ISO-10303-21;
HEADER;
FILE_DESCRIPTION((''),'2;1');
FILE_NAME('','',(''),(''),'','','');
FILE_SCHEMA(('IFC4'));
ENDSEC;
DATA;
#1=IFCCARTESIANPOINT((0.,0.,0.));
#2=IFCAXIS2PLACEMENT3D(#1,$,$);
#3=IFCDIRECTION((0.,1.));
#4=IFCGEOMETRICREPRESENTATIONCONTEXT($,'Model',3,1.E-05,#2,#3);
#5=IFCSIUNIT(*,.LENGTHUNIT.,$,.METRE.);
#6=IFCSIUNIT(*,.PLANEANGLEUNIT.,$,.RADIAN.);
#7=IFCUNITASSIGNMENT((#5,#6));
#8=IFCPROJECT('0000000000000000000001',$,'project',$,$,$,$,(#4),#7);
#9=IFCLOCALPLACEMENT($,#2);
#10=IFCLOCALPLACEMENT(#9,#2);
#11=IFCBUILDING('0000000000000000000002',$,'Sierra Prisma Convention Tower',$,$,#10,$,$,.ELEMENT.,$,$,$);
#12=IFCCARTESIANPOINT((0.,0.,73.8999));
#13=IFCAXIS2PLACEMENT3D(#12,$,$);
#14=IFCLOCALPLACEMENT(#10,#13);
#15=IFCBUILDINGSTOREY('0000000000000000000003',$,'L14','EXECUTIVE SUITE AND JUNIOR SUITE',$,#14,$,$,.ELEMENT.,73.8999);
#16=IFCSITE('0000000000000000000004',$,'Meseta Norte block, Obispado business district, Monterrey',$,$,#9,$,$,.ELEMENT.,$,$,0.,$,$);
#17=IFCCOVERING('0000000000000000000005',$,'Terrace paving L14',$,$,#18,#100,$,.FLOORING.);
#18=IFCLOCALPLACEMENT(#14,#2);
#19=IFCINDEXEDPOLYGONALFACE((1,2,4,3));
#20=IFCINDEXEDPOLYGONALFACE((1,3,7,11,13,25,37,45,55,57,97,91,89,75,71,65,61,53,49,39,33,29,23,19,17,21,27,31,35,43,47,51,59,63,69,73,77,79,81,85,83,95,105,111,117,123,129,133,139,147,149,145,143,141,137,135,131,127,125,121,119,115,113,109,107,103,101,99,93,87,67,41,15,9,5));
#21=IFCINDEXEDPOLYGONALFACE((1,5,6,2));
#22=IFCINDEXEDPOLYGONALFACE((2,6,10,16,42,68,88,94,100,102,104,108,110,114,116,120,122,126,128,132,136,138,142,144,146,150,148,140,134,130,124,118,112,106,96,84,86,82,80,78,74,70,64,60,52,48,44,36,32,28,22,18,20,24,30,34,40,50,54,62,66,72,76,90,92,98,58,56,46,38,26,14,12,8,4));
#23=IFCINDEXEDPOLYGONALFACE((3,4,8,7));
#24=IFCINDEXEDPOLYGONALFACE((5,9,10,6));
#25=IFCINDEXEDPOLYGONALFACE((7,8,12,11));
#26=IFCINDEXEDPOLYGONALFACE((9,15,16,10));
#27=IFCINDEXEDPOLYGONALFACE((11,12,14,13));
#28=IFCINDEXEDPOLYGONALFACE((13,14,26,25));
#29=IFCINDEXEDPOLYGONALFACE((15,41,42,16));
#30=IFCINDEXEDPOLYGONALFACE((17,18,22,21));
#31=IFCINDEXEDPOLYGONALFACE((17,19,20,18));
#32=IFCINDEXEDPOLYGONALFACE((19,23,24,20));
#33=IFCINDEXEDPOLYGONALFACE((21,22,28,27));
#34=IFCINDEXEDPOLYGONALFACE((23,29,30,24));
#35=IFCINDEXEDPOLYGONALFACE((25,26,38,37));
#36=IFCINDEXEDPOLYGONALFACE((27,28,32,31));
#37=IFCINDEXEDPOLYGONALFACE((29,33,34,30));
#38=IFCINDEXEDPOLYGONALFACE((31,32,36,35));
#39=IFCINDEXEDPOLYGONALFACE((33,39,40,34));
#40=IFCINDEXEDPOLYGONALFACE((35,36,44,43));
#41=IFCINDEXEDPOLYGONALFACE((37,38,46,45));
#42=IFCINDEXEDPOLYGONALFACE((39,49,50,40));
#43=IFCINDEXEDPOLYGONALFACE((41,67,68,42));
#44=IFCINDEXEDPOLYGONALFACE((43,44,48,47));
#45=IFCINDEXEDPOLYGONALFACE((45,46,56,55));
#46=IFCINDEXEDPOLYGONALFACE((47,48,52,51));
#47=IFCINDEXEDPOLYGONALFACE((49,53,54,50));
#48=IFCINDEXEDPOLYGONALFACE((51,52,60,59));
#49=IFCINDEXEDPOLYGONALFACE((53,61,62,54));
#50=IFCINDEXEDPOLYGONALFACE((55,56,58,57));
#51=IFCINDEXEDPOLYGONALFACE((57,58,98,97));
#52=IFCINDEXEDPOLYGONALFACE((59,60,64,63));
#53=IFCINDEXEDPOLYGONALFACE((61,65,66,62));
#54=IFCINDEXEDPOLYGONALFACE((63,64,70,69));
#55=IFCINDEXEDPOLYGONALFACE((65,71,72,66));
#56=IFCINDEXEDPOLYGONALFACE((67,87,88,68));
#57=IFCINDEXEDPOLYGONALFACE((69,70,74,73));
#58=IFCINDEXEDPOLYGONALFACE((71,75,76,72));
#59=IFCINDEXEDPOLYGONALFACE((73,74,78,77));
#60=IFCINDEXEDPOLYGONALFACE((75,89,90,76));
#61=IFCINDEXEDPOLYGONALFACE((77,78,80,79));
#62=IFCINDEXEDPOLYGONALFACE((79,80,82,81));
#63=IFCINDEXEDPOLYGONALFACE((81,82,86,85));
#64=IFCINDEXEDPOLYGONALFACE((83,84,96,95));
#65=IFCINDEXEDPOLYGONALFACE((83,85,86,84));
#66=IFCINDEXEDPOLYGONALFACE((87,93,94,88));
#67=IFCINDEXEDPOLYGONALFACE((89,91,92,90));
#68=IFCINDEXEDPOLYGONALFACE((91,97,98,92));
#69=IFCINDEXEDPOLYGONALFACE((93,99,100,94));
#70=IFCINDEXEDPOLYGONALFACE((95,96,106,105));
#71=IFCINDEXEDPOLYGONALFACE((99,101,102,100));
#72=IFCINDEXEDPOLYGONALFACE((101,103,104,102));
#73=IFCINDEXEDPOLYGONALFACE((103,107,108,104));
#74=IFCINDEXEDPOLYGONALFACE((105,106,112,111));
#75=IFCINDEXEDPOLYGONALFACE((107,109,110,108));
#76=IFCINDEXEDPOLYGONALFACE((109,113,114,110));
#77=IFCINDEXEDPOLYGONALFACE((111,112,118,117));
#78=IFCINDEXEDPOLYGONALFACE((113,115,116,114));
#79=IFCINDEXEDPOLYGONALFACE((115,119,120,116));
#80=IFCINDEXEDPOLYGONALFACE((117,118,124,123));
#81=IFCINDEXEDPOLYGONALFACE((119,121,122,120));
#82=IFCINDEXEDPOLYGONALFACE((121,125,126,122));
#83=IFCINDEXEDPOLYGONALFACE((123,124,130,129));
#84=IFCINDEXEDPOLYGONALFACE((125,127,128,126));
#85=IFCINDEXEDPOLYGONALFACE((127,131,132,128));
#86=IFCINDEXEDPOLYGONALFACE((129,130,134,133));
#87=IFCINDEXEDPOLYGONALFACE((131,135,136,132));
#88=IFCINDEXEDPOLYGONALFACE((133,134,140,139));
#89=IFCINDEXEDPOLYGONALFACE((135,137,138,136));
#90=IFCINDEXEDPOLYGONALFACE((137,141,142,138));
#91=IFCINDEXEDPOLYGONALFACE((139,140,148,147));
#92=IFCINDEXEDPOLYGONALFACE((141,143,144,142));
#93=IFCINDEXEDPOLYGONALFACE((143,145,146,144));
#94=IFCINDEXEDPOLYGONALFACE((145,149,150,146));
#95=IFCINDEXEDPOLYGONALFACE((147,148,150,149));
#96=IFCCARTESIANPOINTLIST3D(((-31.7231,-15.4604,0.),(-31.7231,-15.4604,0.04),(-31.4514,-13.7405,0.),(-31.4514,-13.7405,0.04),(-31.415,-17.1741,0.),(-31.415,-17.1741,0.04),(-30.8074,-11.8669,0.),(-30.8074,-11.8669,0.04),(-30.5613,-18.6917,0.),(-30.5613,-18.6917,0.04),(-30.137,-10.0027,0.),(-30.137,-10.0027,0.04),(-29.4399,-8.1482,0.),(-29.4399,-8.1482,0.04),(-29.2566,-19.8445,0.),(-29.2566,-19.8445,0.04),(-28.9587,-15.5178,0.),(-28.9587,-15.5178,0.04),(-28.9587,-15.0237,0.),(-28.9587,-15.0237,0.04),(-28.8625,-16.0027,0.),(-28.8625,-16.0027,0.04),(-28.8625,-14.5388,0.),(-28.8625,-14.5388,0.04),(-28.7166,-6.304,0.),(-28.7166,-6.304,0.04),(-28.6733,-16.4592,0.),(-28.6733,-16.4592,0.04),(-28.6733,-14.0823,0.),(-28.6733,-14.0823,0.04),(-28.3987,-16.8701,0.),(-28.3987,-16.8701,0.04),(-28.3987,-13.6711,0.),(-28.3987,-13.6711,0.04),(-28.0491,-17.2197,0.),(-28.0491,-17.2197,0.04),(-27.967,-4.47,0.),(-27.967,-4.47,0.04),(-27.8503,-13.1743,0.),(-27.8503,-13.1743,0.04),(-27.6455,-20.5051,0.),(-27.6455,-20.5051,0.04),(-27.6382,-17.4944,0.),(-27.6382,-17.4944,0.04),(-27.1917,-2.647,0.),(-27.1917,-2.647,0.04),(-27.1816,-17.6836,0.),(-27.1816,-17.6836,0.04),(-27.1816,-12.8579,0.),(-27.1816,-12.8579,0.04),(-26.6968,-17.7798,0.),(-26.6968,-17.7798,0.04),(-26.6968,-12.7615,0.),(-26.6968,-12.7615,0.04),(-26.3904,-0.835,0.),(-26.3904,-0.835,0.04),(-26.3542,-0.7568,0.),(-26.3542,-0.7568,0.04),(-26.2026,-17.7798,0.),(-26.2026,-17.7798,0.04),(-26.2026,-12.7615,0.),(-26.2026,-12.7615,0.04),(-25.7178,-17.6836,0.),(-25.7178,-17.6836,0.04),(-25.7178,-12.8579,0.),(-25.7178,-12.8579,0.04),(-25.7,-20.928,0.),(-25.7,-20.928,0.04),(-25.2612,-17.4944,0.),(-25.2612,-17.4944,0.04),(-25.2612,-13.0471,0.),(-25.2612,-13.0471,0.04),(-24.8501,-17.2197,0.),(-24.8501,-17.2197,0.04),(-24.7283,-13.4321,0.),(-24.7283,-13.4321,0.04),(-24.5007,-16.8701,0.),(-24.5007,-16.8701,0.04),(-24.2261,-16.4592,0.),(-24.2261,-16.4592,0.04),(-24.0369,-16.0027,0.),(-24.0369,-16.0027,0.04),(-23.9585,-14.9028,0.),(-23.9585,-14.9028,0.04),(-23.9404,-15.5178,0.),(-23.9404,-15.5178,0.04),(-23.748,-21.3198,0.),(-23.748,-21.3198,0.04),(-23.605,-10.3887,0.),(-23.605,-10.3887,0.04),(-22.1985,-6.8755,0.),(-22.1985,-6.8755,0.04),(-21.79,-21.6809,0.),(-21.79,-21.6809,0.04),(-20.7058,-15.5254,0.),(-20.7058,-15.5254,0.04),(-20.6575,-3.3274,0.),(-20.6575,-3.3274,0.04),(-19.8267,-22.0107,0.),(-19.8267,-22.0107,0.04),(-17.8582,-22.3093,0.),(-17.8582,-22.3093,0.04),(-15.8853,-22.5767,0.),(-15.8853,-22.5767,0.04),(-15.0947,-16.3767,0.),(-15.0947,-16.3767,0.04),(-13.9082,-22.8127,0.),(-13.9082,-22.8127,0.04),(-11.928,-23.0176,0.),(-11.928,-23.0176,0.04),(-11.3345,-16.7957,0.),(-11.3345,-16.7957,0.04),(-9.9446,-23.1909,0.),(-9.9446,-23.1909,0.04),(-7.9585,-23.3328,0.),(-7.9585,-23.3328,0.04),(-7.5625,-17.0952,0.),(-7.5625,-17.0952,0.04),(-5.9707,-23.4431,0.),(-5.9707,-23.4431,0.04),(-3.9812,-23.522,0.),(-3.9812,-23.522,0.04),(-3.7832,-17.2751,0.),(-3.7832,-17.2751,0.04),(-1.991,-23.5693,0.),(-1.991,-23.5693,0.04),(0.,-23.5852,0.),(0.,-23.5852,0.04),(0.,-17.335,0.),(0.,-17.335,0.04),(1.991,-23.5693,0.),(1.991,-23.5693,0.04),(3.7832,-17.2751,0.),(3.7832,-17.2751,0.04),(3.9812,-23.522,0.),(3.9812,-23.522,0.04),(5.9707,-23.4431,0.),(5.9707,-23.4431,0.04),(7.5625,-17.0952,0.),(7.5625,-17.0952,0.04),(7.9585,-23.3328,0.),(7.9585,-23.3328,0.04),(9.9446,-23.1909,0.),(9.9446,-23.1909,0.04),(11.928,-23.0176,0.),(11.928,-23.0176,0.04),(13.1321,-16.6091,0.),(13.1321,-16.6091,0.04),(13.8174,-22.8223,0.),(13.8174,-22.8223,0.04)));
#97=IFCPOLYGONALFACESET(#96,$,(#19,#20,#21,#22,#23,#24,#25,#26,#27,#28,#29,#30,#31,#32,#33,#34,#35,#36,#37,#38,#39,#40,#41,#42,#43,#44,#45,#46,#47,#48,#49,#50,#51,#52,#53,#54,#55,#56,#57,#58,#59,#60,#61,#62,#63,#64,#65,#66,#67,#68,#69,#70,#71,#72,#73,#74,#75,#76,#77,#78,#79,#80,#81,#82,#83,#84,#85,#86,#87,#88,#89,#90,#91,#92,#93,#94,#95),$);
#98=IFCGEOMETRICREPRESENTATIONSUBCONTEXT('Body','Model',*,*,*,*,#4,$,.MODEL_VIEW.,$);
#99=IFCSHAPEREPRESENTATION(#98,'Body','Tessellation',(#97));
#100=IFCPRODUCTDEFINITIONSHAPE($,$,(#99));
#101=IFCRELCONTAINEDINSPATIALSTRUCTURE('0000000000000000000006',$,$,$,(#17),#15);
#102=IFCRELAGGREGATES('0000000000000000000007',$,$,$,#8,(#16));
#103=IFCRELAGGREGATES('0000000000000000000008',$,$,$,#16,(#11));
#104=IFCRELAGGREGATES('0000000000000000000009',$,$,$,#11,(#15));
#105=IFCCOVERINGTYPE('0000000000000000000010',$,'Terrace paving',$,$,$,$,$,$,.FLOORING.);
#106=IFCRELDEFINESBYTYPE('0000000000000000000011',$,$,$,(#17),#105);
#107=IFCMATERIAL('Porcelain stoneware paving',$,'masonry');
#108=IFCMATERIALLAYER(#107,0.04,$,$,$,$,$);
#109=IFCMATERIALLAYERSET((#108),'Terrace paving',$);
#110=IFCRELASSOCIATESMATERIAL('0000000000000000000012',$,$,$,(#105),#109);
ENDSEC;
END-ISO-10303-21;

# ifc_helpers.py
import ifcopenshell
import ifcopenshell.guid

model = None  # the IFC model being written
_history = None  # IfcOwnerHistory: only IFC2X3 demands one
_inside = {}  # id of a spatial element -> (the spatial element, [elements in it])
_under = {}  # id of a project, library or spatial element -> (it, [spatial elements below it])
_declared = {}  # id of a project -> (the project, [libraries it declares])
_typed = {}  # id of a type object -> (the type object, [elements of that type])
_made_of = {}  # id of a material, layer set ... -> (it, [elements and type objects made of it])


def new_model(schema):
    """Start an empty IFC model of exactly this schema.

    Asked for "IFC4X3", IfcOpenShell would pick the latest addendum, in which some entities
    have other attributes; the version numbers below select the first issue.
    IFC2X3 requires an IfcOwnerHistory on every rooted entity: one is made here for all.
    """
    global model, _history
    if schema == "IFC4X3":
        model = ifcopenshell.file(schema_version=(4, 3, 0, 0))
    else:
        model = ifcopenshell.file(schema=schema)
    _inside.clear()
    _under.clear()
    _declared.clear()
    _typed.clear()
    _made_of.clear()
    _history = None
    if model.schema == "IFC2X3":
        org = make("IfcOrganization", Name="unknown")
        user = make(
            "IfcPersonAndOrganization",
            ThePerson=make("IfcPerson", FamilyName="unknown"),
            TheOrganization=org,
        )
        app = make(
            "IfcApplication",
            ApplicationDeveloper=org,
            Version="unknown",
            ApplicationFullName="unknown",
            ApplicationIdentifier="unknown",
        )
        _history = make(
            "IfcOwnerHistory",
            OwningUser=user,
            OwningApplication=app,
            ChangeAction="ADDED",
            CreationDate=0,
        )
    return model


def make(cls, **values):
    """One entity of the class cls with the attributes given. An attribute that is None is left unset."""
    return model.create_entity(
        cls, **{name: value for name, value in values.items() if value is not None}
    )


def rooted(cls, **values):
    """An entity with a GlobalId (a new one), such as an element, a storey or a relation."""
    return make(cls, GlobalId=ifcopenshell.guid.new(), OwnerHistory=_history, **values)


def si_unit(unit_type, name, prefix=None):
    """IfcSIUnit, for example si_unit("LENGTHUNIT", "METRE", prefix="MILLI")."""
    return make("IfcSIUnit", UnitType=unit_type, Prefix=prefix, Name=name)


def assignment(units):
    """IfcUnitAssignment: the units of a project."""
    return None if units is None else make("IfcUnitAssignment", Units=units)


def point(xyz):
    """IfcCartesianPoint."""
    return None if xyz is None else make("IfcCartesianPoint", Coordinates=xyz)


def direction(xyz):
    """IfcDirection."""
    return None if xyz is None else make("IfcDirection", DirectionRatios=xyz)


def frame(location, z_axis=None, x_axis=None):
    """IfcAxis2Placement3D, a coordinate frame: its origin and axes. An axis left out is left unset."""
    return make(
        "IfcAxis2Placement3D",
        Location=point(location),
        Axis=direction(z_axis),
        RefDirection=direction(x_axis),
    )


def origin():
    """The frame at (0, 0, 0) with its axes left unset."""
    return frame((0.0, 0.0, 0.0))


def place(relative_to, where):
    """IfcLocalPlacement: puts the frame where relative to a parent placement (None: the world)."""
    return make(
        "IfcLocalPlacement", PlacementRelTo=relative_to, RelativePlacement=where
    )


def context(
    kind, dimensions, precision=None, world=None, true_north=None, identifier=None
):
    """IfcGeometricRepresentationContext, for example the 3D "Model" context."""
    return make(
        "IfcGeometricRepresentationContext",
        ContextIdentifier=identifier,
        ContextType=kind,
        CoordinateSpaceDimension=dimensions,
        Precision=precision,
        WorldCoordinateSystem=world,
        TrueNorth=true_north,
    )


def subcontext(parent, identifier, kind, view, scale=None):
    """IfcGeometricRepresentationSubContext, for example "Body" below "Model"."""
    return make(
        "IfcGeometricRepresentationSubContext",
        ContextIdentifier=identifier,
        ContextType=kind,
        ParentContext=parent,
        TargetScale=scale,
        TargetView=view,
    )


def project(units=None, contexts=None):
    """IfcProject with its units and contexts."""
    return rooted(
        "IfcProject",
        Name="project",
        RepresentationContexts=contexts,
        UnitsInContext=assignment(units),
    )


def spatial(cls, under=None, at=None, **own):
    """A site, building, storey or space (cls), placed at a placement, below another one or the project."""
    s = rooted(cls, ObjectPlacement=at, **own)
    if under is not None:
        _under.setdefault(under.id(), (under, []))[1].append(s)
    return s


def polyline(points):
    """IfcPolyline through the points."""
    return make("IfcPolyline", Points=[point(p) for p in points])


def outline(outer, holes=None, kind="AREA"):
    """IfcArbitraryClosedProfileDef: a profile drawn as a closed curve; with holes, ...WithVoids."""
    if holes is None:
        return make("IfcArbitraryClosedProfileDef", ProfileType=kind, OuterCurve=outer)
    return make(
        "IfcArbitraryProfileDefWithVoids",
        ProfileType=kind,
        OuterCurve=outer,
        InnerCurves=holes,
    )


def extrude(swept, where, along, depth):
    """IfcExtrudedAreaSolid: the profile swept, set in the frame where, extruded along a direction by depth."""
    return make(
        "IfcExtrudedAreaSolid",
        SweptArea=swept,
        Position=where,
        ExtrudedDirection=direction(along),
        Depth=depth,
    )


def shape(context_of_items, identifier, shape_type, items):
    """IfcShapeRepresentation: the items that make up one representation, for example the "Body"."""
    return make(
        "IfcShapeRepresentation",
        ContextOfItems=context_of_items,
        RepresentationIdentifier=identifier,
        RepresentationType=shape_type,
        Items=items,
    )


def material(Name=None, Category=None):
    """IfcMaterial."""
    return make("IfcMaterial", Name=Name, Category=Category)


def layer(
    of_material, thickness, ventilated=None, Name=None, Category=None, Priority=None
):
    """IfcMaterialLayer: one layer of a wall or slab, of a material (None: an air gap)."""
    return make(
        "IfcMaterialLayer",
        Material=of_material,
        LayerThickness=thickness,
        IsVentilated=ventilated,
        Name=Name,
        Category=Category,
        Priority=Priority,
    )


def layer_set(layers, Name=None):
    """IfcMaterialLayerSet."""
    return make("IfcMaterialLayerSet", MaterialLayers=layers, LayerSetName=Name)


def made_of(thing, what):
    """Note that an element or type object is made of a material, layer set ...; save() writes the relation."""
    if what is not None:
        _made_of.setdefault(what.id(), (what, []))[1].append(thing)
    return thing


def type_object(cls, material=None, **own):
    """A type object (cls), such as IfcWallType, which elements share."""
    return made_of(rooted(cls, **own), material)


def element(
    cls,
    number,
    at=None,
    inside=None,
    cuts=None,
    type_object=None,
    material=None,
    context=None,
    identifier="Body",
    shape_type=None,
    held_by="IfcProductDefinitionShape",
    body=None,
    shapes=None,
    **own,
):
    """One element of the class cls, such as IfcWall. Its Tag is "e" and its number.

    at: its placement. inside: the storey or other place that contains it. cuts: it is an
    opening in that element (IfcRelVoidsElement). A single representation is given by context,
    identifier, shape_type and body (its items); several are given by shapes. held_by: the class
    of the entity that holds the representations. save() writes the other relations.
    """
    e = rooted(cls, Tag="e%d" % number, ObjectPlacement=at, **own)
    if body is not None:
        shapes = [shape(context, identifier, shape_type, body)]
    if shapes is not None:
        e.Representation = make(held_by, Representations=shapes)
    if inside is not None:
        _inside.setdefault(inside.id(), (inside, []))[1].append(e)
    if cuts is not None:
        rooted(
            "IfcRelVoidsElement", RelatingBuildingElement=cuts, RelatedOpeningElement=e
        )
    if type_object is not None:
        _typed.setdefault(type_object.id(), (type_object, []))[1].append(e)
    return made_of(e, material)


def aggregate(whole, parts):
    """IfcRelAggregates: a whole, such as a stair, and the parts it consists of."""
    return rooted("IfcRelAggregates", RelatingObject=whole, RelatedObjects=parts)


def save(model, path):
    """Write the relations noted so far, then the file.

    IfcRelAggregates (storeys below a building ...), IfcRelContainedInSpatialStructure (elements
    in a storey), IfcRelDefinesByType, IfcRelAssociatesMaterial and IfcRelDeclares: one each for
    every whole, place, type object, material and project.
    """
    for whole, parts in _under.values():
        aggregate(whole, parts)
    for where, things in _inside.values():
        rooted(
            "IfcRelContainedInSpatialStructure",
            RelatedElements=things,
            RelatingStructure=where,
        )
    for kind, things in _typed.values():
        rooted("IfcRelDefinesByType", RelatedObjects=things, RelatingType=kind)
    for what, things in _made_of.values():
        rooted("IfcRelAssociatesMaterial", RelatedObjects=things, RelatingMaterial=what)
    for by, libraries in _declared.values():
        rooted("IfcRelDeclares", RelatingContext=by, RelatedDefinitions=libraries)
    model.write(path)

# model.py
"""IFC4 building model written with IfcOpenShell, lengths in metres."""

from ifc_helpers import new_model, si_unit, direction, frame, origin, place, context, subcontext, project, spatial, polyline, outline, extrude, material, layer, layer_set, type_object, element, save


model = new_model("IFC4")

# Units and contexts
model_context = context("Model", 3, precision=1e-05, world=origin(), true_north=direction((0.0, 1.0)))
body_context = subcontext(model_context, "Body", "Model", "MODEL_VIEW")
ifc_project = project(units=[si_unit("LENGTHUNIT", "METRE"), si_unit("PLANEANGLEUNIT", "RADIAN")], contexts=[model_context])

# Site, building, storey
site_placement = place(None, origin())
site = spatial("IfcSite", under=ifc_project, at=site_placement, Name="Meseta Norte block, Obispado business district, Monterrey", CompositionType="ELEMENT", RefElevation=0.0)
building_placement = place(site_placement, origin())
building = spatial("IfcBuilding", under=site, at=building_placement, Name="Sierra Prisma Convention Tower", CompositionType="ELEMENT")
storey_placement = place(building_placement, frame((0.0, 0.0, 73.8999)))
storey = spatial("IfcBuildingStorey", under=building, at=storey_placement, Name="L14", Description="EXECUTIVE SUITE AND JUNIOR SUITE", CompositionType="ELEMENT", Elevation=73.8999)

# Covering
ifc_material_1 = material(Name="Porcelain stoneware paving", Category="masonry")
ifc_layer_1 = layer(ifc_material_1, 0.04)
ifc_layer_set_1 = layer_set([ifc_layer_1], Name="Terrace paving")
covering_type_1 = type_object("IfcCoveringType", Name="Terrace paving", PredefinedType="FLOORING", material=ifc_layer_set_1)
covering_1_placement = place(storey_placement, origin())
element("IfcCovering", 1, at=covering_1_placement, inside=storey, type_object=covering_type_1, Name="Terrace paving L14", PredefinedType="FLOORING", context=body_context, shape_type="SweptSolid", body=[
    extrude(outline(polyline([(-26.3542, -0.7568), (-26.3904, -0.835), (-27.1917, -2.647), (-27.967, -4.47), (-28.7166, -6.304), (-29.4399, -8.1482), (-30.137, -10.0027), (-30.8074, -11.8669), (-31.4514, -13.7405), (-31.7231, -15.4604), (-31.415, -17.1741), (-30.5613, -18.6917), (-29.2566, -19.8445), (-27.6455, -20.5051), (-25.7, -20.928), (-23.748, -21.3198), (-21.79, -21.6809), (-19.8267, -22.0107), (-17.8582, -22.3093), (-15.8853, -22.5767), (-13.9082, -22.8127), (-11.928, -23.0176), (-9.9446, -23.1909), (-7.9585, -23.3328), (-5.9707, -23.4431), (-3.9812, -23.522), (-1.991, -23.5693), (0.0, -23.5852), (1.991, -23.5693), (3.9812, -23.522), (5.9707, -23.4431), (7.9585, -23.3328), (9.9446, -23.1909), (11.928, -23.0176), (13.8174, -22.8223), (13.1321, -16.6091), (7.5625, -17.0952), (3.7832, -17.2751), (0.0, -17.335), (-3.7832, -17.2751), (-7.5625, -17.0952), (-11.3345, -16.7957), (-15.0947, -16.3767), (-20.7058, -15.5254), (-23.9585, -14.9028), (-23.9404, -15.5178), (-24.0369, -16.0027), (-24.2261, -16.4592), (-24.5007, -16.8701), (-24.8501, -17.2197), (-25.2612, -17.4944), (-25.7178, -17.6836), (-26.2026, -17.7798), (-26.6968, -17.7798), (-27.1816, -17.6836), (-27.6382, -17.4944), (-28.0491, -17.2197), (-28.3987, -16.8701), (-28.6733, -16.4592), (-28.8625, -16.0027), (-28.9587, -15.5178), (-28.9587, -15.0237), (-28.8625, -14.5388), (-28.6733, -14.0823), (-28.3987, -13.6711), (-27.8503, -13.1743), (-27.1816, -12.8579), (-26.6968, -12.7615), (-26.2026, -12.7615), (-25.7178, -12.8579), (-25.2612, -13.0471), (-24.7283, -13.4321), (-23.605, -10.3887), (-22.1985, -6.8755), (-20.6575, -3.3274), (-26.3542, -0.7568)])), origin(), (0.0, 0.0, 1.0), 0.04),
])

save(model, "model.ifc")
